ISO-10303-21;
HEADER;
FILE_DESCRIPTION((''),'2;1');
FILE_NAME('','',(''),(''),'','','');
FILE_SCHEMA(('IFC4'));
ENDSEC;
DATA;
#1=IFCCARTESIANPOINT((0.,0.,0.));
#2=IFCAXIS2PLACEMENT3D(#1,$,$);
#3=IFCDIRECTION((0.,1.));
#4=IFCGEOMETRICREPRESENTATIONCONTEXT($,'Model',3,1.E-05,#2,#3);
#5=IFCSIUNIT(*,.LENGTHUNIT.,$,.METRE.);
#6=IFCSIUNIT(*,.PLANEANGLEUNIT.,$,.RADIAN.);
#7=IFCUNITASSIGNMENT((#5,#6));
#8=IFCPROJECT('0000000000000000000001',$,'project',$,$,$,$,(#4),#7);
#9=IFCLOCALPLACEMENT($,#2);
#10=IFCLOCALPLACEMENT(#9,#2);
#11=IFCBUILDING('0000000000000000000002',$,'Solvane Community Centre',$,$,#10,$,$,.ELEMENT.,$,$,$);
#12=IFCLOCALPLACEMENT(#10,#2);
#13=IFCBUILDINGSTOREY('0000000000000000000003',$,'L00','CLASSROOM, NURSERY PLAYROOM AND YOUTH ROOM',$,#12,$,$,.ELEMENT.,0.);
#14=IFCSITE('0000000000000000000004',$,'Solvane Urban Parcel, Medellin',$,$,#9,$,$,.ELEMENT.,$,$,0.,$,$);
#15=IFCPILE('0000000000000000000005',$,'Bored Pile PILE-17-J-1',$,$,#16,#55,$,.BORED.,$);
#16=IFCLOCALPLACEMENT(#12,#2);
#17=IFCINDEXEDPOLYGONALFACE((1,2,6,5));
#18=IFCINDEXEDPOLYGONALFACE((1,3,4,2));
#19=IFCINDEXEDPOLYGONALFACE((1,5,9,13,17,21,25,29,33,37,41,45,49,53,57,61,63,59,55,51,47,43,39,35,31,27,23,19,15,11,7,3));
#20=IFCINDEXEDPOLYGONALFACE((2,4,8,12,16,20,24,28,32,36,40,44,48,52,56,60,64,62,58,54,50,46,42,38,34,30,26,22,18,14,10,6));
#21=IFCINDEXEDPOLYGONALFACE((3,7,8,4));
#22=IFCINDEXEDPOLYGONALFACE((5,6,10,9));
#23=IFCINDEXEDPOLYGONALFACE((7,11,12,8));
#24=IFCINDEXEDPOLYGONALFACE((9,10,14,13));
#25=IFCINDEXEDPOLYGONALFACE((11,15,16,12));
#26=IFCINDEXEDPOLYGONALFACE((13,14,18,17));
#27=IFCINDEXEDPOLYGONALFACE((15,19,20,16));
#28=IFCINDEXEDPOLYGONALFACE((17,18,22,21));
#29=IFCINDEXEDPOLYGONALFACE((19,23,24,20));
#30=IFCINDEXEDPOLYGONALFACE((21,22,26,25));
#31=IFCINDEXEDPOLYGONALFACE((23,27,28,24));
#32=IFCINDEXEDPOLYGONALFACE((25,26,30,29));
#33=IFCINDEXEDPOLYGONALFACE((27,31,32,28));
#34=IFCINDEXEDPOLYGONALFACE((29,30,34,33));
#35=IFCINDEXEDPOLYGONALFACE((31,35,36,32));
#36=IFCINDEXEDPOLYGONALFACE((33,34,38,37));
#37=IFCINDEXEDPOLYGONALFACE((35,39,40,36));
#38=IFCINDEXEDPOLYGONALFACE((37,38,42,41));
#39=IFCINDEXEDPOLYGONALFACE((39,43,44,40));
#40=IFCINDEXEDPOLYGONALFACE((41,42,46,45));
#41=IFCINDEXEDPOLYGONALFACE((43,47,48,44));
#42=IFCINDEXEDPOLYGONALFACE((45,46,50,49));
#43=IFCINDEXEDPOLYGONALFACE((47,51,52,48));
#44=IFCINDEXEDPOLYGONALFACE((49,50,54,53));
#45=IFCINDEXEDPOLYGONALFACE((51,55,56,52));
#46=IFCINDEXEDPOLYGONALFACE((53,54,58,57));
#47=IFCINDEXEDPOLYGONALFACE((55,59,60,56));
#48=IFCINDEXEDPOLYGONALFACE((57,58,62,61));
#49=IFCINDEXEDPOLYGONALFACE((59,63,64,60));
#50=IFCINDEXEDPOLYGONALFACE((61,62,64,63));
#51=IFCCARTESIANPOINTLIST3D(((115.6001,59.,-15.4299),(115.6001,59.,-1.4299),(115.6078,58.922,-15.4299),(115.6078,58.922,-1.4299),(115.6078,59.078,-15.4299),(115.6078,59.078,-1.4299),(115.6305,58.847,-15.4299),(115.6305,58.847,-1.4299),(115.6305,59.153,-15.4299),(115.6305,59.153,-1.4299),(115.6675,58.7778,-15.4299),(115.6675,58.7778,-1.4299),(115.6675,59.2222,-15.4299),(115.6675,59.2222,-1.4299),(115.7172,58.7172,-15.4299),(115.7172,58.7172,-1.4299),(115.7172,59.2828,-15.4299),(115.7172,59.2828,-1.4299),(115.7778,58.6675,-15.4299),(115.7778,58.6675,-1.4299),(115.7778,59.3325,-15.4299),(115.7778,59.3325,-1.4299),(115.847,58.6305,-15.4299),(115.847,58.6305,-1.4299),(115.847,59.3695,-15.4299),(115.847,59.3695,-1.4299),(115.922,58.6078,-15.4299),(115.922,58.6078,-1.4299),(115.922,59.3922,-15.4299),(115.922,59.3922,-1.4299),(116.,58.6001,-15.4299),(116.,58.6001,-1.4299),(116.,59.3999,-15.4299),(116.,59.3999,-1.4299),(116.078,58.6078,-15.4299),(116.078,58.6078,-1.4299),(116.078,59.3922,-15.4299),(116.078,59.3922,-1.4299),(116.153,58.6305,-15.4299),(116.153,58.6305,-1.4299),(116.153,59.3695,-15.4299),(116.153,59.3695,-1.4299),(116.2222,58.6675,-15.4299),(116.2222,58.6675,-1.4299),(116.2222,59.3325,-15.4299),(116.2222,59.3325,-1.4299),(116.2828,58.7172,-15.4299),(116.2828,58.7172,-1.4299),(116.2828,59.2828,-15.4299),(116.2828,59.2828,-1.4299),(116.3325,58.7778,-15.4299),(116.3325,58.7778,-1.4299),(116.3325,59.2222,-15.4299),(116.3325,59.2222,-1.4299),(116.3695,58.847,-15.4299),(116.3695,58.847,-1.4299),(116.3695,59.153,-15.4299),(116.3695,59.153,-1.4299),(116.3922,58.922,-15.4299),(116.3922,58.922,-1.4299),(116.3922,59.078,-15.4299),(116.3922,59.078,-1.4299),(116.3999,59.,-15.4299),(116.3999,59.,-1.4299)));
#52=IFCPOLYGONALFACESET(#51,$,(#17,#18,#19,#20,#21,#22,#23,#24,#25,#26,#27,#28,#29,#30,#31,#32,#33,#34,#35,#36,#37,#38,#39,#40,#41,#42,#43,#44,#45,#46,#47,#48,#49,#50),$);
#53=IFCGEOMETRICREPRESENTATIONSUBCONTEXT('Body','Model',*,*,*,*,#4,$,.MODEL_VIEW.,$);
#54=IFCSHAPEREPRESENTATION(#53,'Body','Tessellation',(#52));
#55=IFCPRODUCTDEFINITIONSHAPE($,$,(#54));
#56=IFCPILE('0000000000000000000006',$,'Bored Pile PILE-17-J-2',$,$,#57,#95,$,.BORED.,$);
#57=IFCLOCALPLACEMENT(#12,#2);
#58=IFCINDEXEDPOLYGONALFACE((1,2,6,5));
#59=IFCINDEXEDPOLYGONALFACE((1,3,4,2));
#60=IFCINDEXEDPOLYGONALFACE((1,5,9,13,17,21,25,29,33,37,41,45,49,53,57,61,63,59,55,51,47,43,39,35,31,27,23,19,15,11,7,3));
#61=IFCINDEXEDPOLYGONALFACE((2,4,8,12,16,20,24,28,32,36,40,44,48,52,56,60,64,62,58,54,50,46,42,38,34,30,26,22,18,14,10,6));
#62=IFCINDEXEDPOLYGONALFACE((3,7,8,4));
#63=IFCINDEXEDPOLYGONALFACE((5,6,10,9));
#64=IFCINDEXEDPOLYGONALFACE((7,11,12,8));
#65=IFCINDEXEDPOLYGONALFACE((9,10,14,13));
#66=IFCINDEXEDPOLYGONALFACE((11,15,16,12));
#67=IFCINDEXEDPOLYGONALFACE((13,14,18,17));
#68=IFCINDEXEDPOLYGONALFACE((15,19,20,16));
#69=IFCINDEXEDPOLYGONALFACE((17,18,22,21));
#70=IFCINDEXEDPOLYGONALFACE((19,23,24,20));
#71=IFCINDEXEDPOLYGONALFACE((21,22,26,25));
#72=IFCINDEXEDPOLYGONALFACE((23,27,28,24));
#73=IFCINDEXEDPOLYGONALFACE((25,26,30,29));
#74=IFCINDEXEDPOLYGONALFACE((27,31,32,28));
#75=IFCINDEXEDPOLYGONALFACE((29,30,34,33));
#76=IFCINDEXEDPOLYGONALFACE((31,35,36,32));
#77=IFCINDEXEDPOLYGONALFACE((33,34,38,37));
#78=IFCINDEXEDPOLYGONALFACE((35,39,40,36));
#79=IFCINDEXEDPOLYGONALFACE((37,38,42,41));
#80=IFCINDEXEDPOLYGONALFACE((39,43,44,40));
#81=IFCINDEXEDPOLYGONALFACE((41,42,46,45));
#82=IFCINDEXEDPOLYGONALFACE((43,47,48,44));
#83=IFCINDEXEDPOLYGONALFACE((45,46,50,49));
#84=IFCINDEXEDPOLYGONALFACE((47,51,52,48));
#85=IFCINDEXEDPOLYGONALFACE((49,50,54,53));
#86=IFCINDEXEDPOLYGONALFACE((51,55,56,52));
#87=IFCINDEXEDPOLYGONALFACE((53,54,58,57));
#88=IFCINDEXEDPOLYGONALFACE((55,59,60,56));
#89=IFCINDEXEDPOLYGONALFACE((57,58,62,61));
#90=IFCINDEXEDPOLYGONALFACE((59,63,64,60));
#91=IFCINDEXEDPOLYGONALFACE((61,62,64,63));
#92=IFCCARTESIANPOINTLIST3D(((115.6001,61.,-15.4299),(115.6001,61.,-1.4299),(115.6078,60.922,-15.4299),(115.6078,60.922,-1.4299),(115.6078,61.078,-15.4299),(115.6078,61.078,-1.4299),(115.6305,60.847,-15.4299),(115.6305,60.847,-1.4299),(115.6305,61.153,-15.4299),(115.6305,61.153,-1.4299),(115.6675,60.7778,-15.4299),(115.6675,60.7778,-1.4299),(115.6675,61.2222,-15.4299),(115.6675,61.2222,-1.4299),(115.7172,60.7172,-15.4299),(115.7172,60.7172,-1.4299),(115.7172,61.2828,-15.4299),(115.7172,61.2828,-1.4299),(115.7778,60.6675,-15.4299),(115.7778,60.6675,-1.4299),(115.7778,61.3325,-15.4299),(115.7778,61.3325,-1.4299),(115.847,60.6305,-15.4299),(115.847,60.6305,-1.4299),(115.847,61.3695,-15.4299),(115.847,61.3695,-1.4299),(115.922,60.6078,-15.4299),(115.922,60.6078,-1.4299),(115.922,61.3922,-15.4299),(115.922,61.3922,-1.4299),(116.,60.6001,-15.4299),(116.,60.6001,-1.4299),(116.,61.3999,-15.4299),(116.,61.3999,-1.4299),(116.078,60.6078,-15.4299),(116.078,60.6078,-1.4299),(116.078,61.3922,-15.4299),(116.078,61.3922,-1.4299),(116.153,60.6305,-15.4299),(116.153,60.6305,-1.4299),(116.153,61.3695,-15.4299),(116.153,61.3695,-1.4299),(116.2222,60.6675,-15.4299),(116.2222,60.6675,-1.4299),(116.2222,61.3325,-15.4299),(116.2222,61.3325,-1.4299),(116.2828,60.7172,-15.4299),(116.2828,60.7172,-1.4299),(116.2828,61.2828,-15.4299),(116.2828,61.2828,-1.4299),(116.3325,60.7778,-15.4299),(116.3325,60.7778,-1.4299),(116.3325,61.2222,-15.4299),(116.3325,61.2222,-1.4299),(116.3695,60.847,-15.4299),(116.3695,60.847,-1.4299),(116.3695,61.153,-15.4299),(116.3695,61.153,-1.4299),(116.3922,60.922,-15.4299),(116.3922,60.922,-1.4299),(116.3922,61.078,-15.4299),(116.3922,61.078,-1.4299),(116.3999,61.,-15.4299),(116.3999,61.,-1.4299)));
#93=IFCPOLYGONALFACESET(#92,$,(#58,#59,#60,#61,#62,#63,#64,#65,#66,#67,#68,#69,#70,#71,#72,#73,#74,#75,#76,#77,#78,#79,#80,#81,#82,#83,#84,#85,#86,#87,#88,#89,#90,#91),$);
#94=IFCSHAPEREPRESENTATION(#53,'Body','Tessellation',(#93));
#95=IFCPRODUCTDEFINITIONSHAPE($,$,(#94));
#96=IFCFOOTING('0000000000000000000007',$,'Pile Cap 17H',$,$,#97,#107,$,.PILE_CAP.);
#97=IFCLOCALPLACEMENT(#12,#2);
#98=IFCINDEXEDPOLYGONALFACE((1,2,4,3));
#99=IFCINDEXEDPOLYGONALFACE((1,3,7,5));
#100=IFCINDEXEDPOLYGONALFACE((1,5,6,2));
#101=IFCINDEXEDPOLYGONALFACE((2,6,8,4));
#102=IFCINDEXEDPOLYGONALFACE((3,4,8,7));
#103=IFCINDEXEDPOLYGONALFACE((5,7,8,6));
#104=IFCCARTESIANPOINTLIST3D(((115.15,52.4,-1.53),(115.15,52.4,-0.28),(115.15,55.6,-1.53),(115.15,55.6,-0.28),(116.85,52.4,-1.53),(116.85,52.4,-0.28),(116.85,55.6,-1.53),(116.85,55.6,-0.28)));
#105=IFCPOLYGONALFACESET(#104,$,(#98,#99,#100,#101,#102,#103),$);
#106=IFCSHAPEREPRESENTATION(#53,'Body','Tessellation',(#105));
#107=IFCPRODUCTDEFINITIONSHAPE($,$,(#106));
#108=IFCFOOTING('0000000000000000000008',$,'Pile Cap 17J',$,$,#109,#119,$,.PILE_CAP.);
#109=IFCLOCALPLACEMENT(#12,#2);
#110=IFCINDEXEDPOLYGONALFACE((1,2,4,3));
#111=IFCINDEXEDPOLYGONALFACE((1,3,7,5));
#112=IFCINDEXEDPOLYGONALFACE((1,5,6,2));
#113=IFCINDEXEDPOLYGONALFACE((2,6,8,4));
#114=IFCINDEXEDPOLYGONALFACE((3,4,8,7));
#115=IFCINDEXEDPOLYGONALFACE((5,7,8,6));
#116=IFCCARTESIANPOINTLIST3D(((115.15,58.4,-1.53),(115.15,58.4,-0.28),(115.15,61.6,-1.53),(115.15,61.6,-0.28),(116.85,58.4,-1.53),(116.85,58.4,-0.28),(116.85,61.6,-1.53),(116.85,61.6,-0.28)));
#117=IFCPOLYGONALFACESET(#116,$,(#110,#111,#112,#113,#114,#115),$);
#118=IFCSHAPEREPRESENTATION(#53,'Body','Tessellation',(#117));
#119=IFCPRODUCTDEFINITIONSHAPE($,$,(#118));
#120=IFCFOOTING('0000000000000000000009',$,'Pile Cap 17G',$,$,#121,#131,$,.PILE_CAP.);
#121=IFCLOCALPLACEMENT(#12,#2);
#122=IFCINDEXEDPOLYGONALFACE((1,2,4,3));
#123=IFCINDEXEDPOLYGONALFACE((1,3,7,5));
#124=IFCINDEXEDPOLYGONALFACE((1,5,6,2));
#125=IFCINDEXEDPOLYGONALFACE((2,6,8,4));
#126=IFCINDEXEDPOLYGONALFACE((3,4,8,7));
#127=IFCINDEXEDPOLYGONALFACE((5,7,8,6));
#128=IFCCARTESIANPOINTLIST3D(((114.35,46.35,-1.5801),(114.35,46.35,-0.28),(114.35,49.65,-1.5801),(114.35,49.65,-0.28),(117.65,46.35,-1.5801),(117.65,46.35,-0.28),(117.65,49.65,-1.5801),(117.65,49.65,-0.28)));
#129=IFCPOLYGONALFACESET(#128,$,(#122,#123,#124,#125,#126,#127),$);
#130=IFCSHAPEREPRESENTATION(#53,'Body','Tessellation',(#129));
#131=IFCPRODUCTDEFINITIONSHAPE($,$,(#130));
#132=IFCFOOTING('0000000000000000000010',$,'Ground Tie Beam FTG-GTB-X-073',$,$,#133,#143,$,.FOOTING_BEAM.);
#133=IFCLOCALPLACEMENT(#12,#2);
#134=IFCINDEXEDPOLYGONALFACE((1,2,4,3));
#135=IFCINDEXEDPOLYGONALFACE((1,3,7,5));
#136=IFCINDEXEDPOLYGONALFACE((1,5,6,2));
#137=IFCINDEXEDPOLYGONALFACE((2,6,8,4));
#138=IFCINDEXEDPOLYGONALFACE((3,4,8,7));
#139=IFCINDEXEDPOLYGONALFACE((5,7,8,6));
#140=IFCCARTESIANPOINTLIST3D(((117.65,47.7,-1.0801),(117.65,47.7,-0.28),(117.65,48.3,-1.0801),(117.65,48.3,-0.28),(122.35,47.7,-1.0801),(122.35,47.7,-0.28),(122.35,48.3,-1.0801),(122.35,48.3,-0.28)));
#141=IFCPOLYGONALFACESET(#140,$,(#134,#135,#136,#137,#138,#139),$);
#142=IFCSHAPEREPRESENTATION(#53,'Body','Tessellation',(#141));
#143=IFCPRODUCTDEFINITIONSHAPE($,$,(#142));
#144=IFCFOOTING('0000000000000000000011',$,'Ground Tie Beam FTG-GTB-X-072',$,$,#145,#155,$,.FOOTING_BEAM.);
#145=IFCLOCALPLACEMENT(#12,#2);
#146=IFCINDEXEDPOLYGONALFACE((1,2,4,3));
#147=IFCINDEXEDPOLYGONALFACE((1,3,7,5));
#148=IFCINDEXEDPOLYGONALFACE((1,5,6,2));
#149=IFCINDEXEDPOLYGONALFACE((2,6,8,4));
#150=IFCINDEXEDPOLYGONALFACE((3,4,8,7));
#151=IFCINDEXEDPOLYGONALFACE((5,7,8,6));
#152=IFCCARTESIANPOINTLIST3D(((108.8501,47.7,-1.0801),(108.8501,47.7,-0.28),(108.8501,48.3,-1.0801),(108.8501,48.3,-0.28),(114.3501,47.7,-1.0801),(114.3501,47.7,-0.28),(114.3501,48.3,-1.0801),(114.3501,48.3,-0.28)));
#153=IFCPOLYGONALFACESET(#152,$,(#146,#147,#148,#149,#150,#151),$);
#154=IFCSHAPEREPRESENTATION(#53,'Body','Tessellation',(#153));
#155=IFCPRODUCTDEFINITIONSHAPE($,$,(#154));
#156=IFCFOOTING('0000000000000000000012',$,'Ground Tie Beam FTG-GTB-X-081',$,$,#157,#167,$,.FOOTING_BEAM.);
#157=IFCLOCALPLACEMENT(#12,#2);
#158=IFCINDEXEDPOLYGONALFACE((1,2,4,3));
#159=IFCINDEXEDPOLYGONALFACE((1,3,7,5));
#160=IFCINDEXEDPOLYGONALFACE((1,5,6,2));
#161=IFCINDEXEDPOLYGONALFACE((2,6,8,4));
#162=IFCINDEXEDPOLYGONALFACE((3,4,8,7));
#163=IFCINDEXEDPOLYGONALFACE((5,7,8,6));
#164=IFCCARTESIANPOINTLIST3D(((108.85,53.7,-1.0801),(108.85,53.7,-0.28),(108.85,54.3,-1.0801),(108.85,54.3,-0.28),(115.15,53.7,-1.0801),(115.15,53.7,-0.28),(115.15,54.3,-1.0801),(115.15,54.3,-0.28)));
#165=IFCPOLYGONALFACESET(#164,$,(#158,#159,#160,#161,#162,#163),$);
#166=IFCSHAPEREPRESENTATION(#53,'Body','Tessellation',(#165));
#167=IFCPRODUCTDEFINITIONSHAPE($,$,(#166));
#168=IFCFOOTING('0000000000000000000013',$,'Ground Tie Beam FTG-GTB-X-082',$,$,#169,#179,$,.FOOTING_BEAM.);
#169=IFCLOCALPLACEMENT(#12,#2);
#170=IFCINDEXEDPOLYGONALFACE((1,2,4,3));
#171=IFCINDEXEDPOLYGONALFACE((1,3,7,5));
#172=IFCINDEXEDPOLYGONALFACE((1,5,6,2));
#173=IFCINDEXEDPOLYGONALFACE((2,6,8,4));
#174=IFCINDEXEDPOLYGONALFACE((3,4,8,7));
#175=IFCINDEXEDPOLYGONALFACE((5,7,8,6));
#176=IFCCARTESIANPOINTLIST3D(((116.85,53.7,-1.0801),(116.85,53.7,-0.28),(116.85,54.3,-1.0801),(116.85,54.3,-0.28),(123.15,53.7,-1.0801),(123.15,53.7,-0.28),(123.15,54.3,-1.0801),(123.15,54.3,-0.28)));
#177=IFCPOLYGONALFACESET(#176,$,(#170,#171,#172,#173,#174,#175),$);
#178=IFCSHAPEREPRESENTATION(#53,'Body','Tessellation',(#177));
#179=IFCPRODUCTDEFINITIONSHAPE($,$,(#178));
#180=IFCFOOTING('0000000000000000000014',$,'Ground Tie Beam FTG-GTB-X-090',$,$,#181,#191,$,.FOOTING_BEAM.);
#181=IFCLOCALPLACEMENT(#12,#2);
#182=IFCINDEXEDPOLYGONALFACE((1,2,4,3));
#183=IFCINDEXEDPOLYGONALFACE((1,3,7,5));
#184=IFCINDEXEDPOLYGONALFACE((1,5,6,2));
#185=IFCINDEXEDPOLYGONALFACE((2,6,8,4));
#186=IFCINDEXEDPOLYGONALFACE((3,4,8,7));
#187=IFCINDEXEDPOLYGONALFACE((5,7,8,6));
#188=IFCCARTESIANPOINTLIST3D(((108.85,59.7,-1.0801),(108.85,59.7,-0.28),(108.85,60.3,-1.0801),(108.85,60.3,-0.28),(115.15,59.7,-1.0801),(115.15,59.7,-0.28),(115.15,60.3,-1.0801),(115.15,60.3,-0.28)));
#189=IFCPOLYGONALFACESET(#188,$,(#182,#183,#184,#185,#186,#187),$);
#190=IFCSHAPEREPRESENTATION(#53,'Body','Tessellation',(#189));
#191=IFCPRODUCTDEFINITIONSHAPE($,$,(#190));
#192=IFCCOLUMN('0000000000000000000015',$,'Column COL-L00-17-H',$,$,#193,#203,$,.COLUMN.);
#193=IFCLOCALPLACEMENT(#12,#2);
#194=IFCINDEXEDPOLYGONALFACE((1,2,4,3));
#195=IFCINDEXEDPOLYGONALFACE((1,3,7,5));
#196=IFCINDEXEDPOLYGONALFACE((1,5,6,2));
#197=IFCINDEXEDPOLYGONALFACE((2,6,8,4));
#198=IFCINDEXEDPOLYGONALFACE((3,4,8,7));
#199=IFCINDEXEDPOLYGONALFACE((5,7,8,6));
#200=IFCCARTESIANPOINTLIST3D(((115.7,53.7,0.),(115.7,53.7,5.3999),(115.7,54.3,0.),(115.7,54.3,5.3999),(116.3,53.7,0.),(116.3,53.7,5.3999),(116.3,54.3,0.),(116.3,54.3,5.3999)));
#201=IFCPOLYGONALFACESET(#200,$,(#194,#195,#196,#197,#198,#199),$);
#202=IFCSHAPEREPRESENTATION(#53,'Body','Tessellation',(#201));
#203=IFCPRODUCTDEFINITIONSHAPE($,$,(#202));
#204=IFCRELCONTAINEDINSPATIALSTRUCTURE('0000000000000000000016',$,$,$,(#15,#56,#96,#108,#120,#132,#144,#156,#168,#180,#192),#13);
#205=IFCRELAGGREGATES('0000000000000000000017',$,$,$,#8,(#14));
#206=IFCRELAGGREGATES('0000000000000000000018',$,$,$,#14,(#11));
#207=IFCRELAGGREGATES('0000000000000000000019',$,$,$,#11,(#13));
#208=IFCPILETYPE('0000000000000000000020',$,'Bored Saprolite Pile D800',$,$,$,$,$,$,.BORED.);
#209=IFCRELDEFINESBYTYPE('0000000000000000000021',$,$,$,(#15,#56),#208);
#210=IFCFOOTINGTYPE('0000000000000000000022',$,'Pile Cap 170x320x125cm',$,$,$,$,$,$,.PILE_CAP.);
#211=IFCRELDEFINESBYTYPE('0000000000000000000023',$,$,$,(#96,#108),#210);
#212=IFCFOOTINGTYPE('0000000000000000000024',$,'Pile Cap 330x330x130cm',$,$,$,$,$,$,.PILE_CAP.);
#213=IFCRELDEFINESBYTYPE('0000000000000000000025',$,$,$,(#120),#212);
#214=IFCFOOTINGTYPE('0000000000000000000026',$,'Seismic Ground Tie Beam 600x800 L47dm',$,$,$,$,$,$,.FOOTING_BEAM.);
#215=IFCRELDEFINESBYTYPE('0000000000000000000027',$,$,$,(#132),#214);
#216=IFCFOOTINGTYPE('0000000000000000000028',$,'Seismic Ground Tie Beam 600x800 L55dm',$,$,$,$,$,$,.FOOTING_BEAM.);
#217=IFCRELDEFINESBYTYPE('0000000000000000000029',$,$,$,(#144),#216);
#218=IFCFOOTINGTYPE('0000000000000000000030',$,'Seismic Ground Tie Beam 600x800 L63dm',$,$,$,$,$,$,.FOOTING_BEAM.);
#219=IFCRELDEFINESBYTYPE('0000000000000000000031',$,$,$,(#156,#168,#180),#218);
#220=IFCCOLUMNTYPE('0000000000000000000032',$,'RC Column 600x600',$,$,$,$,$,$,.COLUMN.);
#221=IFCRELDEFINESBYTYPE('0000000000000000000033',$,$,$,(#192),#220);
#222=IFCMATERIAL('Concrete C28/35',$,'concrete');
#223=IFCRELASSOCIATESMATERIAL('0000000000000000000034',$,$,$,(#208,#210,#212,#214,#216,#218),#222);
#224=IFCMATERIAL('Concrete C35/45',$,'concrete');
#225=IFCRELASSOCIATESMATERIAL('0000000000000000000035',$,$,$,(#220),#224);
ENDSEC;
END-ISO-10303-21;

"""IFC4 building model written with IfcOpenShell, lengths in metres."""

from ifc_helpers import new_model, si_unit, direction, frame, origin, origin_2d, place, context, subcontext, project, spatial, rectangle, circle, extrude, material, material_profile, profile_set, type_object, element, save


model = new_model("IFC4")

# Units and contexts
model_context = context("Model", 3, precision=1e-05, world=origin(), true_north=direction((0.0, 1.0)))
body_context = subcontext(model_context, "Body", "Model", "MODEL_VIEW")
ifc_project = project(units=[si_unit("LENGTHUNIT", "METRE"), si_unit("PLANEANGLEUNIT", "RADIAN")], contexts=[model_context])

# Site, building, storey
site_placement = place(None, origin())
site = spatial("IfcSite", under=ifc_project, at=site_placement, Name="Solvane Urban Parcel, Medellin", CompositionType="ELEMENT", RefElevation=0.0)
building_placement = place(site_placement, origin())
building = spatial("IfcBuilding", under=site, at=building_placement, Name="Solvane Community Centre", CompositionType="ELEMENT")
storey_placement = place(building_placement, origin())
storey = spatial("IfcBuildingStorey", under=building, at=storey_placement, Name="L00", Description="CLASSROOM, NURSERY PLAYROOM AND YOUTH ROOM", CompositionType="ELEMENT", Elevation=0.0)

# Piles
ifc_material_1 = material(Name="Concrete C28/35", Category="concrete")
ifc_material_profile_1 = material_profile(ifc_material_1, circle(Radius=0.3999, at=origin_2d()), Name="PILE D800")
ifc_profile_set_1 = profile_set([ifc_material_profile_1], Name="Concrete C28/35")
pile_type = type_object("IfcPileType", Name="Bored Saprolite Pile D800", PredefinedType="BORED", material=ifc_profile_set_1)
for number, where, z_axis, x_axis, name in (
    (1, (116.0, 59.0, -1.4299), (0.0, 0.0, -1.0), (1.0, 0.0, 0.0), "Bored Pile PILE-17-J-1"),
    (2, (116.0, 61.0, -1.4299), (0.0, 0.0, -1.0), (1.0, 0.0, 0.0), "Bored Pile PILE-17-J-2"),
):
    element("IfcPile", number, at=place(storey_placement, frame(where, z_axis=z_axis, x_axis=x_axis)), inside=storey, type_object=pile_type, Name=name, PredefinedType="BORED", context=body_context, shape_type="SweptSolid", body=[
        extrude(circle(Radius=0.3999, at=origin_2d()), origin(), (0.0, 0.0, 1.0), 14.0),
    ])

# Footings
footing_type_1 = type_object("IfcFootingType", Name="Pile Cap 170x320x125cm", PredefinedType="PILE_CAP", material=ifc_material_1)
for number, where, z_axis, x_axis, name in (
    (3, (116.0, 54.0, -1.53), (0.0, 0.0, 1.0), (1.0, 0.0, 0.0), "Pile Cap 17H"),
    (4, (116.0, 60.0, -1.53), (0.0, 0.0, 1.0), (1.0, 0.0, 0.0), "Pile Cap 17J"),
):
    element("IfcFooting", number, at=place(storey_placement, frame(where, z_axis=z_axis, x_axis=x_axis)), inside=storey, type_object=footing_type_1, Name=name, PredefinedType="PILE_CAP", context=body_context, shape_type="SweptSolid", body=[
        extrude(rectangle(XDim=1.7, YDim=3.2, at=origin_2d()), origin(), (0.0, 0.0, 1.0), 1.25),
    ])
footing_type_2 = type_object("IfcFootingType", Name="Pile Cap 330x330x130cm", PredefinedType="PILE_CAP", material=ifc_material_1)
footing_1_placement = place(storey_placement, frame((116.0, 48.0, -1.5801), z_axis=(0.0, 0.0, 1.0), x_axis=(1.0, 0.0, 0.0)))
element("IfcFooting", 5, at=footing_1_placement, inside=storey, type_object=footing_type_2, Name="Pile Cap 17G", PredefinedType="PILE_CAP", context=body_context, shape_type="SweptSolid", body=[
    extrude(rectangle(XDim=3.3, YDim=3.3, at=origin_2d()), origin(), (0.0, 0.0, 1.0), 1.3),
])
footing_type_3 = type_object("IfcFootingType", Name="Seismic Ground Tie Beam 600x800 L47dm", PredefinedType="FOOTING_BEAM", material=ifc_material_1)
footing_2_placement = place(storey_placement, frame((120.0, 48.0, -1.0801), z_axis=(0.0, 0.0, 1.0), x_axis=(1.0, 0.0, 0.0)))
element("IfcFooting", 6, at=footing_2_placement, inside=storey, type_object=footing_type_3, Name="Ground Tie Beam FTG-GTB-X-073", PredefinedType="FOOTING_BEAM", context=body_context, shape_type="SweptSolid", body=[
    extrude(rectangle(XDim=4.7, YDim=0.6001, at=origin_2d()), origin(), (0.0, 0.0, 1.0), 0.8),
])
footing_type_4 = type_object("IfcFootingType", Name="Seismic Ground Tie Beam 600x800 L55dm", PredefinedType="FOOTING_BEAM", material=ifc_material_1)
footing_3_placement = place(storey_placement, frame((111.6001, 48.0, -1.0801), z_axis=(0.0, 0.0, 1.0), x_axis=(1.0, 0.0, 0.0)))
element("IfcFooting", 7, at=footing_3_placement, inside=storey, type_object=footing_type_4, Name="Ground Tie Beam FTG-GTB-X-072", PredefinedType="FOOTING_BEAM", context=body_context, shape_type="SweptSolid", body=[
    extrude(rectangle(XDim=5.5, YDim=0.6001, at=origin_2d()), origin(), (0.0, 0.0, 1.0), 0.8),
])
footing_type_5 = type_object("IfcFootingType", Name="Seismic Ground Tie Beam 600x800 L63dm", PredefinedType="FOOTING_BEAM", material=ifc_material_1)
for number, where, z_axis, x_axis, name in (
    (8, (112.0, 54.0, -1.0801), (0.0, 0.0, 1.0), (1.0, 0.0, 0.0), "Ground Tie Beam FTG-GTB-X-081"),
    (9, (120.0, 54.0, -1.0801), (0.0, 0.0, 1.0), (1.0, 0.0, 0.0), "Ground Tie Beam FTG-GTB-X-082"),
    (10, (112.0, 60.0, -1.0801), (0.0, 0.0, 1.0), (1.0, 0.0, 0.0), "Ground Tie Beam FTG-GTB-X-090"),
):
    element("IfcFooting", number, at=place(storey_placement, frame(where, z_axis=z_axis, x_axis=x_axis)), inside=storey, type_object=footing_type_5, Name=name, PredefinedType="FOOTING_BEAM", context=body_context, shape_type="SweptSolid", body=[
        extrude(rectangle(XDim=6.3, YDim=0.6001, at=origin_2d()), origin(), (0.0, 0.0, 1.0), 0.8),
    ])

# Column
ifc_material_2 = material(Name="Concrete C35/45", Category="concrete")
ifc_material_profile_2 = material_profile(ifc_material_2, rectangle(XDim=0.6001, YDim=0.6001, at=origin_2d()), Name="RC 600x600")
ifc_profile_set_2 = profile_set([ifc_material_profile_2], Name="Concrete C35/45")
column_type_1 = type_object("IfcColumnType", Name="RC Column 600x600", PredefinedType="COLUMN", material=ifc_profile_set_2)
for number, where, z_axis, x_axis, name in (
    (11, (116.0, 54.0, 0.0), (0.0, 0.0, 1.0), (1.0, 0.0, 0.0), "Column COL-L00-17-H"),
):
    element("IfcColumn", number, at=place(storey_placement, frame(where, z_axis=z_axis, x_axis=x_axis)), inside=storey, type_object=column_type_1, Name=name, PredefinedType="COLUMN", context=body_context, shape_type="SweptSolid", body=[
        extrude(rectangle(XDim=0.6001, YDim=0.6001, at=origin_2d()), origin(), (0.0, 0.0, 1.0), 5.3999),
    ])

save(model, "model.ifc")
